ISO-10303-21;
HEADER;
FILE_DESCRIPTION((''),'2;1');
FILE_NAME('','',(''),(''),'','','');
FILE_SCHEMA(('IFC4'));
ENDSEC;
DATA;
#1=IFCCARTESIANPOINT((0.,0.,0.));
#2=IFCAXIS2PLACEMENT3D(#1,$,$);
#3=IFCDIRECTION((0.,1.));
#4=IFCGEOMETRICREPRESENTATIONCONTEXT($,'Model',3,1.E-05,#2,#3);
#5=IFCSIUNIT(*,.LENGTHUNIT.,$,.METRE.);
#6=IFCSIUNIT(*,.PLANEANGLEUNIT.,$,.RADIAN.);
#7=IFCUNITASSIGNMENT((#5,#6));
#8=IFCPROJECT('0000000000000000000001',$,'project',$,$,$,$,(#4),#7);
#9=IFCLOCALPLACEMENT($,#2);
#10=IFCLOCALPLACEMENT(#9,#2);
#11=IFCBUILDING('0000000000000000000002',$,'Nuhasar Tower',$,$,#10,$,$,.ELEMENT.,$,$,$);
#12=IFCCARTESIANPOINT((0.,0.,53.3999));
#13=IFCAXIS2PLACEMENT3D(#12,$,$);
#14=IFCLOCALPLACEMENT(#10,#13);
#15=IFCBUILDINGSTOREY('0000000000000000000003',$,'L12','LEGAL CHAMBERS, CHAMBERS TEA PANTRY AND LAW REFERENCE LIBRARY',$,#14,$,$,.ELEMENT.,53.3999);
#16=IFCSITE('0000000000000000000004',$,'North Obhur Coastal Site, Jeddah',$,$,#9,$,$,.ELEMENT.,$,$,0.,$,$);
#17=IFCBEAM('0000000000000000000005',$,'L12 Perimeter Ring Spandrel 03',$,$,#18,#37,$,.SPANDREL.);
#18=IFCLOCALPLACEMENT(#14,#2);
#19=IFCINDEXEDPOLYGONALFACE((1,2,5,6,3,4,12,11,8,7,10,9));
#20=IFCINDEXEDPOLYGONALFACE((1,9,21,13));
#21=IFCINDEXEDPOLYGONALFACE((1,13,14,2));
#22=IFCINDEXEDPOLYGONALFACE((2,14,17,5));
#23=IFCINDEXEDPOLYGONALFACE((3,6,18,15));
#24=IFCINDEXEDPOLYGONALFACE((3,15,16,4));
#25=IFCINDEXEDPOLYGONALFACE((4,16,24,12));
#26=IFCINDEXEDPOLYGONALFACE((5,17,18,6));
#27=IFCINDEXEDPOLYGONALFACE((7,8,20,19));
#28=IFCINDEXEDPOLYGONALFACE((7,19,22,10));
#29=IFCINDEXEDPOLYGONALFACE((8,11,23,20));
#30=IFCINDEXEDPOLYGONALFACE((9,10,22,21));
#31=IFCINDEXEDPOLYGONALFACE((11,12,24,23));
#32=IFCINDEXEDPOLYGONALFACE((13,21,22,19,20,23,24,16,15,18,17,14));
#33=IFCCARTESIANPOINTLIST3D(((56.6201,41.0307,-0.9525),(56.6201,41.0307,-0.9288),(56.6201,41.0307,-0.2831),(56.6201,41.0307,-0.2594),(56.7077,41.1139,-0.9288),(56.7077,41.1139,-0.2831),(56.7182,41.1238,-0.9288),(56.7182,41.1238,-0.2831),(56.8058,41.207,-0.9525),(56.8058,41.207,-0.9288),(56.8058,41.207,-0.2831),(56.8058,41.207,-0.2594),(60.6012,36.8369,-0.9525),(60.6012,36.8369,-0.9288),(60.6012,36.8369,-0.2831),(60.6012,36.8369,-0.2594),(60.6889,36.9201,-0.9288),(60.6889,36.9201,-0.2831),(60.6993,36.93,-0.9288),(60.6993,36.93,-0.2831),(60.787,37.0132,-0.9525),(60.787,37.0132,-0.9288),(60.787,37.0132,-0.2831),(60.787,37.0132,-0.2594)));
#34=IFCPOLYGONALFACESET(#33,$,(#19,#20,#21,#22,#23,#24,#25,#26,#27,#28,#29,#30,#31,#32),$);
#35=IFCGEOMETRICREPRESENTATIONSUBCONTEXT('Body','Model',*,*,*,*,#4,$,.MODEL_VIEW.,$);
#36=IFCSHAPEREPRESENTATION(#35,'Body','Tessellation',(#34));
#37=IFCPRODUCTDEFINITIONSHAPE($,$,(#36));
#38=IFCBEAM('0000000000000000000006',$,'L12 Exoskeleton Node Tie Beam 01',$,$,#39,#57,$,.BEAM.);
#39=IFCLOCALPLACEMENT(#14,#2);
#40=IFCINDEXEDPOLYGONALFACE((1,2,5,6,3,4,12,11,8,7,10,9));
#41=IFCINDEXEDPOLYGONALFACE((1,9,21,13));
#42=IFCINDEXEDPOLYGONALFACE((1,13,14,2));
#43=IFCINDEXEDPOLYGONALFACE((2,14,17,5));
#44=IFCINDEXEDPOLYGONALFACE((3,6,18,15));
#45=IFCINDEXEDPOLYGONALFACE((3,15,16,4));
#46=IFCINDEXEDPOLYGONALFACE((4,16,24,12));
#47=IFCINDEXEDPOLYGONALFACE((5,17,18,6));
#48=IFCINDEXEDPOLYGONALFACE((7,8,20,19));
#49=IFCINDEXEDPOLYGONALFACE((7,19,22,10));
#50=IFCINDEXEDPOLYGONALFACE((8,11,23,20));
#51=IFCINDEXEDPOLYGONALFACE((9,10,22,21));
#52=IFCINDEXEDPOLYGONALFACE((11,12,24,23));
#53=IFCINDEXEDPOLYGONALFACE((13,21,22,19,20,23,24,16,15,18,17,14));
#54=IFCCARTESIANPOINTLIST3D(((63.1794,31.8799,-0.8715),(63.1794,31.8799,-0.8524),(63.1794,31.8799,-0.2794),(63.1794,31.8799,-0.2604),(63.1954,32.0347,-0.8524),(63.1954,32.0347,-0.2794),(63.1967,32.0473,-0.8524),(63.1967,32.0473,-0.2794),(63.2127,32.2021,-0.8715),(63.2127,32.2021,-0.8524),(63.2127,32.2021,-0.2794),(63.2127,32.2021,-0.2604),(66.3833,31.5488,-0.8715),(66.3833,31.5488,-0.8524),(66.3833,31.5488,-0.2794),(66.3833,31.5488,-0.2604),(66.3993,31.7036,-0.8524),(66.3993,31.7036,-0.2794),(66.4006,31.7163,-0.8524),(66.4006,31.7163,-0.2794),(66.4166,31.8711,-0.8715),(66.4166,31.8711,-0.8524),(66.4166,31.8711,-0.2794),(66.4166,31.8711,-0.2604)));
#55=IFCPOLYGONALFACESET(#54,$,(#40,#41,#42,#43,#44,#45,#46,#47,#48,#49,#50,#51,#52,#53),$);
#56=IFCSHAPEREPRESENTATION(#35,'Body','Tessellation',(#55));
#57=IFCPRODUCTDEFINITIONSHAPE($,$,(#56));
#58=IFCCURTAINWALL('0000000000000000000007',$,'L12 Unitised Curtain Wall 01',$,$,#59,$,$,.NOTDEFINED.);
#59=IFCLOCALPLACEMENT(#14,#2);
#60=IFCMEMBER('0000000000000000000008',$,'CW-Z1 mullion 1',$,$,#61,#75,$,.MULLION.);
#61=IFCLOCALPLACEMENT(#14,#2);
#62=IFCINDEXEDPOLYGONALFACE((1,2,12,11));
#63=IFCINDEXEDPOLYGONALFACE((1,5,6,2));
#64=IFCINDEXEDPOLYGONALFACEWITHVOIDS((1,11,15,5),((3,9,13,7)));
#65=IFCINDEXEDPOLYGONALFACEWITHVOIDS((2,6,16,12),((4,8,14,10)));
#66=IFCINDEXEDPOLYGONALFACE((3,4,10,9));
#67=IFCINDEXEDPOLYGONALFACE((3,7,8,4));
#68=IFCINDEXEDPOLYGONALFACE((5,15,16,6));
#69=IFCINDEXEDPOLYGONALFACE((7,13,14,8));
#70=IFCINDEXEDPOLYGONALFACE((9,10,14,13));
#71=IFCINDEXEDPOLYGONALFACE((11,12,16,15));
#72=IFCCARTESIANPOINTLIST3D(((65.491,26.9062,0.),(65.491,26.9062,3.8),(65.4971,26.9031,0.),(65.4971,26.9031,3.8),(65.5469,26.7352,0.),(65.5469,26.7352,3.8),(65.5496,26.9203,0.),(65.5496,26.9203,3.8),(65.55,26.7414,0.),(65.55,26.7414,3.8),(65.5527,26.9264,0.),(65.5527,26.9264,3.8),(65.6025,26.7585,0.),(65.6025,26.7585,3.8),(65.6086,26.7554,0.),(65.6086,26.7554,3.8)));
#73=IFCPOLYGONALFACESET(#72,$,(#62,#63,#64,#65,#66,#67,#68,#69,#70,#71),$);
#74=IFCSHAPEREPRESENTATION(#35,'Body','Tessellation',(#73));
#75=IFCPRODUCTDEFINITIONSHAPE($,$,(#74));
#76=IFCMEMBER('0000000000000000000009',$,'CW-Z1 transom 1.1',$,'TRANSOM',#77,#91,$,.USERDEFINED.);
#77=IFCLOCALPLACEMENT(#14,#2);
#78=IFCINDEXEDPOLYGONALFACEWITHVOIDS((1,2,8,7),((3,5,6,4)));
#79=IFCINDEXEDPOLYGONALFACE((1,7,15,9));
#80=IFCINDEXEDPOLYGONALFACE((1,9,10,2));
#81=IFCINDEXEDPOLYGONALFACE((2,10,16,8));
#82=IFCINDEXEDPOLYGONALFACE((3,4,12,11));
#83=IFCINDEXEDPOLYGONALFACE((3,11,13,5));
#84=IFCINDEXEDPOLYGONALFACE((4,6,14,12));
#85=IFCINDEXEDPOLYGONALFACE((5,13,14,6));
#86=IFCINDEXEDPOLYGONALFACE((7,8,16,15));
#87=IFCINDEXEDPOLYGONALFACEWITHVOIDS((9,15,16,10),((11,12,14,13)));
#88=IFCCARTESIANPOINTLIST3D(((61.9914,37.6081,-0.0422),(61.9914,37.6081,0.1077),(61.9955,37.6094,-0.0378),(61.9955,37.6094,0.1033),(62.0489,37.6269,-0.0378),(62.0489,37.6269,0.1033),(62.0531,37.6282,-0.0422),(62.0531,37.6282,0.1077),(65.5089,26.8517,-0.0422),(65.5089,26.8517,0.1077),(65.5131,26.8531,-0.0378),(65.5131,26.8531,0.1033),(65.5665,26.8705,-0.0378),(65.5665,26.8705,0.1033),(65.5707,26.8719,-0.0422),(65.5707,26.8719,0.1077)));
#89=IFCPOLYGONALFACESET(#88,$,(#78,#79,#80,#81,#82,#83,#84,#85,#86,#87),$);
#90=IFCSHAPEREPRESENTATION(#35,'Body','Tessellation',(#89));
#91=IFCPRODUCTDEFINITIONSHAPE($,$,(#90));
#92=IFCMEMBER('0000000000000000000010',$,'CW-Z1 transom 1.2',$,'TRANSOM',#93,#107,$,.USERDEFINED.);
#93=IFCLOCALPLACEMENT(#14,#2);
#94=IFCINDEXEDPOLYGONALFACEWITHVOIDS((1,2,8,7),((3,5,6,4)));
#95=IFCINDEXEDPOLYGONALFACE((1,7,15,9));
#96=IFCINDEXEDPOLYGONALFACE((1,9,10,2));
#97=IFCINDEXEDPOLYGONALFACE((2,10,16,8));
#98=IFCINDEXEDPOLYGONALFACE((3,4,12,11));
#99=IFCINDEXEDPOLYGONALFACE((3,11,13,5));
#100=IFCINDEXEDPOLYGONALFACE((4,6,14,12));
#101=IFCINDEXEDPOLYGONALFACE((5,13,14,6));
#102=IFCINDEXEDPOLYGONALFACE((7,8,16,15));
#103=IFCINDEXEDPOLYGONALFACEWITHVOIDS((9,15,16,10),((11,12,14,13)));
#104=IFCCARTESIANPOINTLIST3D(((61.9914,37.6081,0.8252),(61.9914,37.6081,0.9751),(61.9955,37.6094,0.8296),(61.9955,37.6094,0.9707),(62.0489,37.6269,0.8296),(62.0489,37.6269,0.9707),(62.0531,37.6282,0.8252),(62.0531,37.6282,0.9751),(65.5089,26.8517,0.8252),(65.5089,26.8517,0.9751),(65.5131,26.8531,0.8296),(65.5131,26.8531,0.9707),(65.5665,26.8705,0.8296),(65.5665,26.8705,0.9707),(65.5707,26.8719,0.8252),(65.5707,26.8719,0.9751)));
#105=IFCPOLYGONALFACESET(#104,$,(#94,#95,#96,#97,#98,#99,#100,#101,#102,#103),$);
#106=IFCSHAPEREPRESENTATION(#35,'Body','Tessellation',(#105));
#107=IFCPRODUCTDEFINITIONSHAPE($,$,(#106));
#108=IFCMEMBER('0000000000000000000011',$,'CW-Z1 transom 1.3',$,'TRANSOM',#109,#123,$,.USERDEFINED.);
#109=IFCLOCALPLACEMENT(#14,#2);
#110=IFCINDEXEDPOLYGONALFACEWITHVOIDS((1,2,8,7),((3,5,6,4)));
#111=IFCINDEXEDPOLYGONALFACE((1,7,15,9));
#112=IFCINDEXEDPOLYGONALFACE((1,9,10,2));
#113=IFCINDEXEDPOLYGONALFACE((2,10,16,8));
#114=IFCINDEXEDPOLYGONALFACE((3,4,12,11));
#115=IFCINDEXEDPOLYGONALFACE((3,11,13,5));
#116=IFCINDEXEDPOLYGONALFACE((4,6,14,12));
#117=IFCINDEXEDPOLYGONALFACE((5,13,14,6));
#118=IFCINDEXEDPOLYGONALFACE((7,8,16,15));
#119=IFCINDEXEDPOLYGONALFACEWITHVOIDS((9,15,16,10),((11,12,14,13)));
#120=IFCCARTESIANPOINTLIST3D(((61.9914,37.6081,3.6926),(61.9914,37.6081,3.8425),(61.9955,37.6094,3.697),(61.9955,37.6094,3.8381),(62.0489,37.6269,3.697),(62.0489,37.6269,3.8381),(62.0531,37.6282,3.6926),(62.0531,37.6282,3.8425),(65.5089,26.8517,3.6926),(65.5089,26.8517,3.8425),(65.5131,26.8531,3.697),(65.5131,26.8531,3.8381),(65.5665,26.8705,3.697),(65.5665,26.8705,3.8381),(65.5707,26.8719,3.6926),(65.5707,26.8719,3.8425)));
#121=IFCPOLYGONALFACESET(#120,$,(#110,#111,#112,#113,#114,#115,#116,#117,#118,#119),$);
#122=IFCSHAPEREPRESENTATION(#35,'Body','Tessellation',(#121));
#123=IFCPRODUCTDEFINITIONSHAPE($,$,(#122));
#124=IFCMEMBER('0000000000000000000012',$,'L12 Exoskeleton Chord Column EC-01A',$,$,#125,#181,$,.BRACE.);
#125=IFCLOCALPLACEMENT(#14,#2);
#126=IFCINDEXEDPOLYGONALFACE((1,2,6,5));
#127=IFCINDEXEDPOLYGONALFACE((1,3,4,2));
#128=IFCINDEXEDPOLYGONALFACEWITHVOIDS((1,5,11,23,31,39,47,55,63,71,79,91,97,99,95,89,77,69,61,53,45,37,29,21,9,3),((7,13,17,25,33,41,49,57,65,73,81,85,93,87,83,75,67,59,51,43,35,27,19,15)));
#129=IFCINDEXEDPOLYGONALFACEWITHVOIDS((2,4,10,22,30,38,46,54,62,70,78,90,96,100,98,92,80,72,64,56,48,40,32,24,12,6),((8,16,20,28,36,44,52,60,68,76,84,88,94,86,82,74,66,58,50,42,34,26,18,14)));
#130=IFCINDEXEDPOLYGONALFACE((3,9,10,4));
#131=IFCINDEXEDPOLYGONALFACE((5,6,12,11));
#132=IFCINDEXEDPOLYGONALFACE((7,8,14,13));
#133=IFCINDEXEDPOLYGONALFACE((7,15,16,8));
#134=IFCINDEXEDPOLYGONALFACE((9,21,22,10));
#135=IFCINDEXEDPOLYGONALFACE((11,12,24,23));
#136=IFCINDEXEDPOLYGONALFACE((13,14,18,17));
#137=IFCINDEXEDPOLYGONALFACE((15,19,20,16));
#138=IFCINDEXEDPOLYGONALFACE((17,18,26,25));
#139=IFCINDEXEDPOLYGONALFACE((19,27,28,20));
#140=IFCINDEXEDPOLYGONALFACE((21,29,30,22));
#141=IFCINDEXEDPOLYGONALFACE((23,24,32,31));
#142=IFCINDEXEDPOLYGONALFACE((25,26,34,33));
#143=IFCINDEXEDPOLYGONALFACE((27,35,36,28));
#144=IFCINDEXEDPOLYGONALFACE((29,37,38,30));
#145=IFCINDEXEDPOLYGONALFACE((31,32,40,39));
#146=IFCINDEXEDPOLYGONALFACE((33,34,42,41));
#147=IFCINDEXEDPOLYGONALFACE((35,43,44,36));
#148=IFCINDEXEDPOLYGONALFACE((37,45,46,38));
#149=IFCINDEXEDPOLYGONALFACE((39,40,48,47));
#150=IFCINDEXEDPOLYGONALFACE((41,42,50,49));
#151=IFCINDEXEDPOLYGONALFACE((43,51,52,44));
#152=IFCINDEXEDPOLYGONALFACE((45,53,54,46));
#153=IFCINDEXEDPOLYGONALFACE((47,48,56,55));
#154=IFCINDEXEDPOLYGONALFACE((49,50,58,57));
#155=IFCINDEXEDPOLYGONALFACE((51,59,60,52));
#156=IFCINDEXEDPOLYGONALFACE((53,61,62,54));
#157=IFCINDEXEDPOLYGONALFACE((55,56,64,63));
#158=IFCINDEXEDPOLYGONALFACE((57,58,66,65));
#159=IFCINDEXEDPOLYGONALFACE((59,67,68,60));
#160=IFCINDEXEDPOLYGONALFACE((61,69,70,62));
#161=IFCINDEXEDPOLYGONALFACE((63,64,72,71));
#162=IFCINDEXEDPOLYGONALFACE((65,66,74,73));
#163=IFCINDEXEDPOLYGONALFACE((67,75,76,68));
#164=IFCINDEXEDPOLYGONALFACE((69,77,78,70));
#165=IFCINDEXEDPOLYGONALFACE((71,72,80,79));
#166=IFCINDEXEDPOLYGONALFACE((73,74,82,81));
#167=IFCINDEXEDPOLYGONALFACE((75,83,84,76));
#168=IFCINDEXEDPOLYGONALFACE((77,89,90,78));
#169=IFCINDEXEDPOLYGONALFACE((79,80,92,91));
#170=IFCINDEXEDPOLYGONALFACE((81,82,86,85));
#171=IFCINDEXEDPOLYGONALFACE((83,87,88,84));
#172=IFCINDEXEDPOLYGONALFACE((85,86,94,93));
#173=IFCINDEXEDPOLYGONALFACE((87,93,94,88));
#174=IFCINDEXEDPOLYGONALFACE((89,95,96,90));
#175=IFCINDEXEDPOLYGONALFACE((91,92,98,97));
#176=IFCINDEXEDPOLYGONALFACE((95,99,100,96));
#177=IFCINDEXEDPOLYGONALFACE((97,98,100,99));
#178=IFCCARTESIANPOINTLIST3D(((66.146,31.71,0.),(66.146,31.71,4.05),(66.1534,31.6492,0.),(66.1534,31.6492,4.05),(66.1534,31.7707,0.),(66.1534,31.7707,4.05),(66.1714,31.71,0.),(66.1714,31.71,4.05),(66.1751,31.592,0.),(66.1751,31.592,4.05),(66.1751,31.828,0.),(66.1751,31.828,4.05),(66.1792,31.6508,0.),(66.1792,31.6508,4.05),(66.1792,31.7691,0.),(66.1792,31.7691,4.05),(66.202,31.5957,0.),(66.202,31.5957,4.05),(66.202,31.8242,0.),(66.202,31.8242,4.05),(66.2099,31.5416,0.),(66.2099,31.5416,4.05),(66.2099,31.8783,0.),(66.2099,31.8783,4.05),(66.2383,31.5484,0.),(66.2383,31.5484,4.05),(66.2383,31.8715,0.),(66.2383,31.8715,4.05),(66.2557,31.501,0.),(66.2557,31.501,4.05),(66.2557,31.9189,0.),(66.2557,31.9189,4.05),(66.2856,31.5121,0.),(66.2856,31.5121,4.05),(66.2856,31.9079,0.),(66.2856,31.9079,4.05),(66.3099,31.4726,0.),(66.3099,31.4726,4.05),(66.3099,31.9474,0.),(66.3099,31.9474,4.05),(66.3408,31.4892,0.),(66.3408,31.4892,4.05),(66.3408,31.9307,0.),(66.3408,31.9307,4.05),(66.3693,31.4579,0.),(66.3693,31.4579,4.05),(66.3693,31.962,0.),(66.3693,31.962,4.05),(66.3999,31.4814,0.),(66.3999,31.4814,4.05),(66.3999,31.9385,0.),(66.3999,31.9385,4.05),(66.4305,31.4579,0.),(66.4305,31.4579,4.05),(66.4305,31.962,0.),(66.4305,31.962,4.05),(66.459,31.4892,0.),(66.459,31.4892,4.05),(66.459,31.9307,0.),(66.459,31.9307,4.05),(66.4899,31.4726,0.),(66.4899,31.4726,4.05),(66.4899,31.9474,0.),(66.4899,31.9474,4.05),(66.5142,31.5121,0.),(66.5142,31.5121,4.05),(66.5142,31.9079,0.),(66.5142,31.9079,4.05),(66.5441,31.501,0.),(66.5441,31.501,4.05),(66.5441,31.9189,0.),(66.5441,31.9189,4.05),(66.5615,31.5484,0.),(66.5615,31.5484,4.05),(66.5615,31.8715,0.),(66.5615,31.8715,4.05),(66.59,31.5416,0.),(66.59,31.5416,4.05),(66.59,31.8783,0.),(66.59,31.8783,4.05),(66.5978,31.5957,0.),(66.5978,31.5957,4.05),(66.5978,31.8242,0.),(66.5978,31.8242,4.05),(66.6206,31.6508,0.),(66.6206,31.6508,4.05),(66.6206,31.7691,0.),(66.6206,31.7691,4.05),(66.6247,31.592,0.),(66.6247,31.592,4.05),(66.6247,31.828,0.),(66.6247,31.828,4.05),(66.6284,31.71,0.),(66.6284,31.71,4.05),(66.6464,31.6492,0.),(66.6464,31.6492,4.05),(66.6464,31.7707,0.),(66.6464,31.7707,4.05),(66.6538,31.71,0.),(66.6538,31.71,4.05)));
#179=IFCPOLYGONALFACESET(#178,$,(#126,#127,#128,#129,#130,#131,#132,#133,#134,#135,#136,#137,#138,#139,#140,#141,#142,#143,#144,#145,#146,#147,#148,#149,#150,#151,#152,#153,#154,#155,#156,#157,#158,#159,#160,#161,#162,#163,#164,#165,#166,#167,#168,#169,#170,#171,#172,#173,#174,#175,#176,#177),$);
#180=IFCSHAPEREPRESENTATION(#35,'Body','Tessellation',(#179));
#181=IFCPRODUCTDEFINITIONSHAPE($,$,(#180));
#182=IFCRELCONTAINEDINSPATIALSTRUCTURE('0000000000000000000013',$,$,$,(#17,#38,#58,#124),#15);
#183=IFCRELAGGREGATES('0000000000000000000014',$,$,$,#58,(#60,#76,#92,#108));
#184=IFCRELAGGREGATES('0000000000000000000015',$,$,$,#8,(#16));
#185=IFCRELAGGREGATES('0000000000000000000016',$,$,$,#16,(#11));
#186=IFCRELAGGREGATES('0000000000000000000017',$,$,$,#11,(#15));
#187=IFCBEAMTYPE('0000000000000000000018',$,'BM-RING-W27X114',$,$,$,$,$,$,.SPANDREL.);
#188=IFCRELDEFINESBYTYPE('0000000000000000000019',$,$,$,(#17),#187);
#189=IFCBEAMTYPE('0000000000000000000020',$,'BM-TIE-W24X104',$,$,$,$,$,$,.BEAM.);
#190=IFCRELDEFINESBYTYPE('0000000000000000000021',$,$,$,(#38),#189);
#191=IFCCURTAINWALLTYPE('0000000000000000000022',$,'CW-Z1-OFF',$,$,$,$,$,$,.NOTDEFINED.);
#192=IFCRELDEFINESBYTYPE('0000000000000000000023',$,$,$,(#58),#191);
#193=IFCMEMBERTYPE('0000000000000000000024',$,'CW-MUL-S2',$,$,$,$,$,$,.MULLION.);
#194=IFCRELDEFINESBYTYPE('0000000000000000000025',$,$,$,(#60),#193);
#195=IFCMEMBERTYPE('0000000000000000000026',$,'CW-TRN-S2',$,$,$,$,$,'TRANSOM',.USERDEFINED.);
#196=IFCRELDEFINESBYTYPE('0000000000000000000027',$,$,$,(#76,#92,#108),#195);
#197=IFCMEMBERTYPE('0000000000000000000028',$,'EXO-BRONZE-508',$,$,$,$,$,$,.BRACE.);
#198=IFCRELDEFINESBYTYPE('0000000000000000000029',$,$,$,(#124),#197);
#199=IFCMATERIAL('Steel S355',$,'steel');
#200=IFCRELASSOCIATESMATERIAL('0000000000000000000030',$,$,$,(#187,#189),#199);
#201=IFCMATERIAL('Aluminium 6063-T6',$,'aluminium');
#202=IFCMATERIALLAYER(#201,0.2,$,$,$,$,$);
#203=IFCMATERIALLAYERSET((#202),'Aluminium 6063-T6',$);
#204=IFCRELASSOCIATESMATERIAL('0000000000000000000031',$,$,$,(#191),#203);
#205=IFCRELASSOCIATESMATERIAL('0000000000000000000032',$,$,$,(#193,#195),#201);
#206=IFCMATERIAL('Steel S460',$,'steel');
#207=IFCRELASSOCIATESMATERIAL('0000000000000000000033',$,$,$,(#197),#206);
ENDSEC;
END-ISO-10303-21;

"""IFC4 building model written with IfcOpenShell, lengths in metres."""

from ifc_helpers import new_model, si_unit, direction, frame, origin, origin_2d, place, context, subcontext, project, spatial, hollow_rectangle, hollow_circle, i_section, extrude, material, layer, layer_set, material_profile, profile_set, type_object, element, aggregate, save


model = new_model("IFC4")

# Units and contexts
model_context = context("Model", 3, precision=1e-05, world=origin(), true_north=direction((0.0, 1.0)))
body_context = subcontext(model_context, "Body", "Model", "MODEL_VIEW")
ifc_project = project(units=[si_unit("LENGTHUNIT", "METRE"), si_unit("PLANEANGLEUNIT", "RADIAN")], contexts=[model_context])

# Site, building, storey
site_placement = place(None, origin())
site = spatial("IfcSite", under=ifc_project, at=site_placement, Name="North Obhur Coastal Site, Jeddah", CompositionType="ELEMENT", RefElevation=0.0)
building_placement = place(site_placement, origin())
building = spatial("IfcBuilding", under=site, at=building_placement, Name="Nuhasar Tower", CompositionType="ELEMENT")
storey_placement = place(building_placement, frame((0.0, 0.0, 53.3999)))
storey = spatial("IfcBuildingStorey", under=building, at=storey_placement, Name="L12", Description="LEGAL CHAMBERS, CHAMBERS TEA PANTRY AND LAW REFERENCE LIBRARY", CompositionType="ELEMENT", Elevation=53.3999)

# Beams
ifc_material_1 = material(Name="Steel S355", Category="steel")
ifc_material_profile_1 = material_profile(ifc_material_1, i_section(OverallWidth=0.2561, OverallDepth=0.6931, WebThickness=0.0144, FlangeThickness=0.0237, at=origin_2d()), Name="W27X114")
ifc_profile_set_1 = profile_set([ifc_material_profile_1], Name="Steel S355")
beam_type_1 = type_object("IfcBeamType", Name="BM-RING-W27X114", PredefinedType="SPANDREL", material=ifc_profile_set_1)
beam_1_placement = place(storey_placement, frame((60.6941, 36.925, -0.606), z_axis=(-0.688481, 0.725254, 0.0), x_axis=(-0.725254, -0.688481, 0.0)))
element("IfcBeam", 1, at=beam_1_placement, inside=storey, type_object=beam_type_1, Name="L12 Perimeter Ring Spandrel 03", PredefinedType="SPANDREL", context=body_context, shape_type="SweptSolid", body=[
    extrude(i_section(OverallWidth=0.2561, OverallDepth=0.6931, WebThickness=0.0144, FlangeThickness=0.0237, at=origin_2d()), origin(), (0.0, 0.0, 1.0), 5.7825),
])
ifc_material_profile_2 = material_profile(ifc_material_1, i_section(OverallWidth=0.324, OverallDepth=0.6111, WebThickness=0.0127, FlangeThickness=0.019, at=origin_2d()), Name="W24X104")
ifc_profile_set_2 = profile_set([ifc_material_profile_2], Name="Steel S355")
beam_type_2 = type_object("IfcBeamType", Name="BM-TIE-W24X104", PredefinedType="BEAM", material=ifc_profile_set_2)
beam_2_placement = place(storey_placement, frame((63.196, 32.041, -0.5659), z_axis=(0.994704, -0.102783, 0.0), x_axis=(0.102783, 0.994704, 0.0)))
element("IfcBeam", 2, at=beam_2_placement, inside=storey, type_object=beam_type_2, Name="L12 Exoskeleton Node Tie Beam 01", PredefinedType="BEAM", context=body_context, shape_type="SweptSolid", body=[
    extrude(i_section(OverallWidth=0.324, OverallDepth=0.6111, WebThickness=0.0127, FlangeThickness=0.019, at=origin_2d()), origin(), (0.0, 0.0, 1.0), 3.2209),
])

# Curtain wall, members
ifc_material_2 = material(Name="Aluminium 6063-T6", Category="aluminium")
ifc_layer_1 = layer(ifc_material_2, 0.2)
ifc_layer_set_1 = layer_set([ifc_layer_1], Name="Aluminium 6063-T6")
curtain_wall_type = type_object("IfcCurtainWallType", Name="CW-Z1-OFF", PredefinedType="NOTDEFINED", material=ifc_layer_set_1)
curtain_wall_placement = place(storey_placement, origin())
curtain_wall = element("IfcCurtainWall", 3, at=curtain_wall_placement, inside=storey, type_object=curtain_wall_type, Name="L12 Unitised Curtain Wall 01", PredefinedType="NOTDEFINED")
ifc_material_profile_3 = material_profile(ifc_material_2, hollow_rectangle(XDim=0.0649, YDim=0.1799, WallThickness=0.0049, at=origin_2d()), Name="CWM-2")
ifc_profile_set_3 = profile_set([ifc_material_profile_3], Name="Aluminium 6063-T6")
member_type_1 = type_object("IfcMemberType", Name="CW-MUL-S2", PredefinedType="MULLION", material=ifc_profile_set_3)
member_1_placement = place(storey_placement, frame((65.5498, 26.8308, 0.0), z_axis=(0.0, 0.0, 1.0), x_axis=(-0.950468, -0.310824, 0.0)))
member_1 = element("IfcMember", 4, at=member_1_placement, type_object=member_type_1, Name="CW-Z1 mullion 1", PredefinedType="MULLION", context=body_context, shape_type="SweptSolid", body=[
    extrude(hollow_rectangle(XDim=0.0649, YDim=0.1799, WallThickness=0.0049, at=origin_2d()), origin(), (0.0, 0.0, 1.0), 3.8),
])
ifc_material_profile_4 = material_profile(ifc_material_2, hollow_rectangle(XDim=0.0649, YDim=0.1499, WallThickness=0.0044, at=origin_2d()), Name="CWT-2")
ifc_profile_set_4 = profile_set([ifc_material_profile_4], Name="Aluminium 6063-T6")
member_type_2 = type_object("IfcMemberType", Name="CW-TRN-S2", ElementType="TRANSOM", PredefinedType="USERDEFINED", material=ifc_profile_set_4)
member_2_placement = place(storey_placement, frame((65.5398, 26.8618, 0.0327), z_axis=(-0.310825, 0.950467, 0.0), x_axis=(-0.950467, -0.310825, 0.0)))
member_2 = element("IfcMember", 5, at=member_2_placement, type_object=member_type_2, Name="CW-Z1 transom 1.1", ObjectType="TRANSOM", PredefinedType="USERDEFINED", context=body_context, shape_type="SweptSolid", body=[
    extrude(hollow_rectangle(XDim=0.0649, YDim=0.1499, WallThickness=0.0044, at=origin_2d()), origin(), (0.0, 0.0, 1.0), 11.3169),
])
member_3_placement = place(storey_placement, frame((65.5398, 26.8618, 0.9001), z_axis=(-0.310825, 0.950467, 0.0), x_axis=(-0.950467, -0.310825, 0.0)))
member_3 = element("IfcMember", 6, at=member_3_placement, type_object=member_type_2, Name="CW-Z1 transom 1.2", ObjectType="TRANSOM", PredefinedType="USERDEFINED", context=body_context, shape_type="SweptSolid", body=[
    extrude(hollow_rectangle(XDim=0.0649, YDim=0.1499, WallThickness=0.0044, at=origin_2d()), origin(), (0.0, 0.0, 1.0), 11.3169),
])
member_4_placement = place(storey_placement, frame((65.5398, 26.8618, 3.7676), z_axis=(-0.310825, 0.950467, 0.0), x_axis=(-0.950467, -0.310825, 0.0)))
member_4 = element("IfcMember", 7, at=member_4_placement, type_object=member_type_2, Name="CW-Z1 transom 1.3", ObjectType="TRANSOM", PredefinedType="USERDEFINED", context=body_context, shape_type="SweptSolid", body=[
    extrude(hollow_rectangle(XDim=0.0649, YDim=0.1499, WallThickness=0.0044, at=origin_2d()), origin(), (0.0, 0.0, 1.0), 11.3169),
])

# Member
ifc_material_3 = material(Name="Steel S460", Category="steel")
ifc_material_profile_5 = material_profile(ifc_material_3, hollow_circle(Radius=0.2539, WallThickness=0.0254, at=origin_2d()), Name="HSS508X25.4")
ifc_profile_set_5 = profile_set([ifc_material_profile_5], Name="Steel S460")
member_type_3 = type_object("IfcMemberType", Name="EXO-BRONZE-508", PredefinedType="BRACE", material=ifc_profile_set_5)
for number, where, z_axis, x_axis, name in (
    (8, (66.3999, 31.71, 0.0), (0.0, 0.0, 1.0), (1.0, 0.0, 0.0), "L12 Exoskeleton Chord Column EC-01A"),
):
    element("IfcMember", number, at=place(storey_placement, frame(where, z_axis=z_axis, x_axis=x_axis)), inside=storey, type_object=member_type_3, Name=name, PredefinedType="BRACE", context=body_context, shape_type="SweptSolid", body=[
        extrude(hollow_circle(Radius=0.2539, WallThickness=0.0254, at=origin_2d()), origin(), (0.0, 0.0, 1.0), 4.05),
    ])

aggregate(curtain_wall, [member_1, member_2, member_3, member_4])

save(model, "model.ifc")
